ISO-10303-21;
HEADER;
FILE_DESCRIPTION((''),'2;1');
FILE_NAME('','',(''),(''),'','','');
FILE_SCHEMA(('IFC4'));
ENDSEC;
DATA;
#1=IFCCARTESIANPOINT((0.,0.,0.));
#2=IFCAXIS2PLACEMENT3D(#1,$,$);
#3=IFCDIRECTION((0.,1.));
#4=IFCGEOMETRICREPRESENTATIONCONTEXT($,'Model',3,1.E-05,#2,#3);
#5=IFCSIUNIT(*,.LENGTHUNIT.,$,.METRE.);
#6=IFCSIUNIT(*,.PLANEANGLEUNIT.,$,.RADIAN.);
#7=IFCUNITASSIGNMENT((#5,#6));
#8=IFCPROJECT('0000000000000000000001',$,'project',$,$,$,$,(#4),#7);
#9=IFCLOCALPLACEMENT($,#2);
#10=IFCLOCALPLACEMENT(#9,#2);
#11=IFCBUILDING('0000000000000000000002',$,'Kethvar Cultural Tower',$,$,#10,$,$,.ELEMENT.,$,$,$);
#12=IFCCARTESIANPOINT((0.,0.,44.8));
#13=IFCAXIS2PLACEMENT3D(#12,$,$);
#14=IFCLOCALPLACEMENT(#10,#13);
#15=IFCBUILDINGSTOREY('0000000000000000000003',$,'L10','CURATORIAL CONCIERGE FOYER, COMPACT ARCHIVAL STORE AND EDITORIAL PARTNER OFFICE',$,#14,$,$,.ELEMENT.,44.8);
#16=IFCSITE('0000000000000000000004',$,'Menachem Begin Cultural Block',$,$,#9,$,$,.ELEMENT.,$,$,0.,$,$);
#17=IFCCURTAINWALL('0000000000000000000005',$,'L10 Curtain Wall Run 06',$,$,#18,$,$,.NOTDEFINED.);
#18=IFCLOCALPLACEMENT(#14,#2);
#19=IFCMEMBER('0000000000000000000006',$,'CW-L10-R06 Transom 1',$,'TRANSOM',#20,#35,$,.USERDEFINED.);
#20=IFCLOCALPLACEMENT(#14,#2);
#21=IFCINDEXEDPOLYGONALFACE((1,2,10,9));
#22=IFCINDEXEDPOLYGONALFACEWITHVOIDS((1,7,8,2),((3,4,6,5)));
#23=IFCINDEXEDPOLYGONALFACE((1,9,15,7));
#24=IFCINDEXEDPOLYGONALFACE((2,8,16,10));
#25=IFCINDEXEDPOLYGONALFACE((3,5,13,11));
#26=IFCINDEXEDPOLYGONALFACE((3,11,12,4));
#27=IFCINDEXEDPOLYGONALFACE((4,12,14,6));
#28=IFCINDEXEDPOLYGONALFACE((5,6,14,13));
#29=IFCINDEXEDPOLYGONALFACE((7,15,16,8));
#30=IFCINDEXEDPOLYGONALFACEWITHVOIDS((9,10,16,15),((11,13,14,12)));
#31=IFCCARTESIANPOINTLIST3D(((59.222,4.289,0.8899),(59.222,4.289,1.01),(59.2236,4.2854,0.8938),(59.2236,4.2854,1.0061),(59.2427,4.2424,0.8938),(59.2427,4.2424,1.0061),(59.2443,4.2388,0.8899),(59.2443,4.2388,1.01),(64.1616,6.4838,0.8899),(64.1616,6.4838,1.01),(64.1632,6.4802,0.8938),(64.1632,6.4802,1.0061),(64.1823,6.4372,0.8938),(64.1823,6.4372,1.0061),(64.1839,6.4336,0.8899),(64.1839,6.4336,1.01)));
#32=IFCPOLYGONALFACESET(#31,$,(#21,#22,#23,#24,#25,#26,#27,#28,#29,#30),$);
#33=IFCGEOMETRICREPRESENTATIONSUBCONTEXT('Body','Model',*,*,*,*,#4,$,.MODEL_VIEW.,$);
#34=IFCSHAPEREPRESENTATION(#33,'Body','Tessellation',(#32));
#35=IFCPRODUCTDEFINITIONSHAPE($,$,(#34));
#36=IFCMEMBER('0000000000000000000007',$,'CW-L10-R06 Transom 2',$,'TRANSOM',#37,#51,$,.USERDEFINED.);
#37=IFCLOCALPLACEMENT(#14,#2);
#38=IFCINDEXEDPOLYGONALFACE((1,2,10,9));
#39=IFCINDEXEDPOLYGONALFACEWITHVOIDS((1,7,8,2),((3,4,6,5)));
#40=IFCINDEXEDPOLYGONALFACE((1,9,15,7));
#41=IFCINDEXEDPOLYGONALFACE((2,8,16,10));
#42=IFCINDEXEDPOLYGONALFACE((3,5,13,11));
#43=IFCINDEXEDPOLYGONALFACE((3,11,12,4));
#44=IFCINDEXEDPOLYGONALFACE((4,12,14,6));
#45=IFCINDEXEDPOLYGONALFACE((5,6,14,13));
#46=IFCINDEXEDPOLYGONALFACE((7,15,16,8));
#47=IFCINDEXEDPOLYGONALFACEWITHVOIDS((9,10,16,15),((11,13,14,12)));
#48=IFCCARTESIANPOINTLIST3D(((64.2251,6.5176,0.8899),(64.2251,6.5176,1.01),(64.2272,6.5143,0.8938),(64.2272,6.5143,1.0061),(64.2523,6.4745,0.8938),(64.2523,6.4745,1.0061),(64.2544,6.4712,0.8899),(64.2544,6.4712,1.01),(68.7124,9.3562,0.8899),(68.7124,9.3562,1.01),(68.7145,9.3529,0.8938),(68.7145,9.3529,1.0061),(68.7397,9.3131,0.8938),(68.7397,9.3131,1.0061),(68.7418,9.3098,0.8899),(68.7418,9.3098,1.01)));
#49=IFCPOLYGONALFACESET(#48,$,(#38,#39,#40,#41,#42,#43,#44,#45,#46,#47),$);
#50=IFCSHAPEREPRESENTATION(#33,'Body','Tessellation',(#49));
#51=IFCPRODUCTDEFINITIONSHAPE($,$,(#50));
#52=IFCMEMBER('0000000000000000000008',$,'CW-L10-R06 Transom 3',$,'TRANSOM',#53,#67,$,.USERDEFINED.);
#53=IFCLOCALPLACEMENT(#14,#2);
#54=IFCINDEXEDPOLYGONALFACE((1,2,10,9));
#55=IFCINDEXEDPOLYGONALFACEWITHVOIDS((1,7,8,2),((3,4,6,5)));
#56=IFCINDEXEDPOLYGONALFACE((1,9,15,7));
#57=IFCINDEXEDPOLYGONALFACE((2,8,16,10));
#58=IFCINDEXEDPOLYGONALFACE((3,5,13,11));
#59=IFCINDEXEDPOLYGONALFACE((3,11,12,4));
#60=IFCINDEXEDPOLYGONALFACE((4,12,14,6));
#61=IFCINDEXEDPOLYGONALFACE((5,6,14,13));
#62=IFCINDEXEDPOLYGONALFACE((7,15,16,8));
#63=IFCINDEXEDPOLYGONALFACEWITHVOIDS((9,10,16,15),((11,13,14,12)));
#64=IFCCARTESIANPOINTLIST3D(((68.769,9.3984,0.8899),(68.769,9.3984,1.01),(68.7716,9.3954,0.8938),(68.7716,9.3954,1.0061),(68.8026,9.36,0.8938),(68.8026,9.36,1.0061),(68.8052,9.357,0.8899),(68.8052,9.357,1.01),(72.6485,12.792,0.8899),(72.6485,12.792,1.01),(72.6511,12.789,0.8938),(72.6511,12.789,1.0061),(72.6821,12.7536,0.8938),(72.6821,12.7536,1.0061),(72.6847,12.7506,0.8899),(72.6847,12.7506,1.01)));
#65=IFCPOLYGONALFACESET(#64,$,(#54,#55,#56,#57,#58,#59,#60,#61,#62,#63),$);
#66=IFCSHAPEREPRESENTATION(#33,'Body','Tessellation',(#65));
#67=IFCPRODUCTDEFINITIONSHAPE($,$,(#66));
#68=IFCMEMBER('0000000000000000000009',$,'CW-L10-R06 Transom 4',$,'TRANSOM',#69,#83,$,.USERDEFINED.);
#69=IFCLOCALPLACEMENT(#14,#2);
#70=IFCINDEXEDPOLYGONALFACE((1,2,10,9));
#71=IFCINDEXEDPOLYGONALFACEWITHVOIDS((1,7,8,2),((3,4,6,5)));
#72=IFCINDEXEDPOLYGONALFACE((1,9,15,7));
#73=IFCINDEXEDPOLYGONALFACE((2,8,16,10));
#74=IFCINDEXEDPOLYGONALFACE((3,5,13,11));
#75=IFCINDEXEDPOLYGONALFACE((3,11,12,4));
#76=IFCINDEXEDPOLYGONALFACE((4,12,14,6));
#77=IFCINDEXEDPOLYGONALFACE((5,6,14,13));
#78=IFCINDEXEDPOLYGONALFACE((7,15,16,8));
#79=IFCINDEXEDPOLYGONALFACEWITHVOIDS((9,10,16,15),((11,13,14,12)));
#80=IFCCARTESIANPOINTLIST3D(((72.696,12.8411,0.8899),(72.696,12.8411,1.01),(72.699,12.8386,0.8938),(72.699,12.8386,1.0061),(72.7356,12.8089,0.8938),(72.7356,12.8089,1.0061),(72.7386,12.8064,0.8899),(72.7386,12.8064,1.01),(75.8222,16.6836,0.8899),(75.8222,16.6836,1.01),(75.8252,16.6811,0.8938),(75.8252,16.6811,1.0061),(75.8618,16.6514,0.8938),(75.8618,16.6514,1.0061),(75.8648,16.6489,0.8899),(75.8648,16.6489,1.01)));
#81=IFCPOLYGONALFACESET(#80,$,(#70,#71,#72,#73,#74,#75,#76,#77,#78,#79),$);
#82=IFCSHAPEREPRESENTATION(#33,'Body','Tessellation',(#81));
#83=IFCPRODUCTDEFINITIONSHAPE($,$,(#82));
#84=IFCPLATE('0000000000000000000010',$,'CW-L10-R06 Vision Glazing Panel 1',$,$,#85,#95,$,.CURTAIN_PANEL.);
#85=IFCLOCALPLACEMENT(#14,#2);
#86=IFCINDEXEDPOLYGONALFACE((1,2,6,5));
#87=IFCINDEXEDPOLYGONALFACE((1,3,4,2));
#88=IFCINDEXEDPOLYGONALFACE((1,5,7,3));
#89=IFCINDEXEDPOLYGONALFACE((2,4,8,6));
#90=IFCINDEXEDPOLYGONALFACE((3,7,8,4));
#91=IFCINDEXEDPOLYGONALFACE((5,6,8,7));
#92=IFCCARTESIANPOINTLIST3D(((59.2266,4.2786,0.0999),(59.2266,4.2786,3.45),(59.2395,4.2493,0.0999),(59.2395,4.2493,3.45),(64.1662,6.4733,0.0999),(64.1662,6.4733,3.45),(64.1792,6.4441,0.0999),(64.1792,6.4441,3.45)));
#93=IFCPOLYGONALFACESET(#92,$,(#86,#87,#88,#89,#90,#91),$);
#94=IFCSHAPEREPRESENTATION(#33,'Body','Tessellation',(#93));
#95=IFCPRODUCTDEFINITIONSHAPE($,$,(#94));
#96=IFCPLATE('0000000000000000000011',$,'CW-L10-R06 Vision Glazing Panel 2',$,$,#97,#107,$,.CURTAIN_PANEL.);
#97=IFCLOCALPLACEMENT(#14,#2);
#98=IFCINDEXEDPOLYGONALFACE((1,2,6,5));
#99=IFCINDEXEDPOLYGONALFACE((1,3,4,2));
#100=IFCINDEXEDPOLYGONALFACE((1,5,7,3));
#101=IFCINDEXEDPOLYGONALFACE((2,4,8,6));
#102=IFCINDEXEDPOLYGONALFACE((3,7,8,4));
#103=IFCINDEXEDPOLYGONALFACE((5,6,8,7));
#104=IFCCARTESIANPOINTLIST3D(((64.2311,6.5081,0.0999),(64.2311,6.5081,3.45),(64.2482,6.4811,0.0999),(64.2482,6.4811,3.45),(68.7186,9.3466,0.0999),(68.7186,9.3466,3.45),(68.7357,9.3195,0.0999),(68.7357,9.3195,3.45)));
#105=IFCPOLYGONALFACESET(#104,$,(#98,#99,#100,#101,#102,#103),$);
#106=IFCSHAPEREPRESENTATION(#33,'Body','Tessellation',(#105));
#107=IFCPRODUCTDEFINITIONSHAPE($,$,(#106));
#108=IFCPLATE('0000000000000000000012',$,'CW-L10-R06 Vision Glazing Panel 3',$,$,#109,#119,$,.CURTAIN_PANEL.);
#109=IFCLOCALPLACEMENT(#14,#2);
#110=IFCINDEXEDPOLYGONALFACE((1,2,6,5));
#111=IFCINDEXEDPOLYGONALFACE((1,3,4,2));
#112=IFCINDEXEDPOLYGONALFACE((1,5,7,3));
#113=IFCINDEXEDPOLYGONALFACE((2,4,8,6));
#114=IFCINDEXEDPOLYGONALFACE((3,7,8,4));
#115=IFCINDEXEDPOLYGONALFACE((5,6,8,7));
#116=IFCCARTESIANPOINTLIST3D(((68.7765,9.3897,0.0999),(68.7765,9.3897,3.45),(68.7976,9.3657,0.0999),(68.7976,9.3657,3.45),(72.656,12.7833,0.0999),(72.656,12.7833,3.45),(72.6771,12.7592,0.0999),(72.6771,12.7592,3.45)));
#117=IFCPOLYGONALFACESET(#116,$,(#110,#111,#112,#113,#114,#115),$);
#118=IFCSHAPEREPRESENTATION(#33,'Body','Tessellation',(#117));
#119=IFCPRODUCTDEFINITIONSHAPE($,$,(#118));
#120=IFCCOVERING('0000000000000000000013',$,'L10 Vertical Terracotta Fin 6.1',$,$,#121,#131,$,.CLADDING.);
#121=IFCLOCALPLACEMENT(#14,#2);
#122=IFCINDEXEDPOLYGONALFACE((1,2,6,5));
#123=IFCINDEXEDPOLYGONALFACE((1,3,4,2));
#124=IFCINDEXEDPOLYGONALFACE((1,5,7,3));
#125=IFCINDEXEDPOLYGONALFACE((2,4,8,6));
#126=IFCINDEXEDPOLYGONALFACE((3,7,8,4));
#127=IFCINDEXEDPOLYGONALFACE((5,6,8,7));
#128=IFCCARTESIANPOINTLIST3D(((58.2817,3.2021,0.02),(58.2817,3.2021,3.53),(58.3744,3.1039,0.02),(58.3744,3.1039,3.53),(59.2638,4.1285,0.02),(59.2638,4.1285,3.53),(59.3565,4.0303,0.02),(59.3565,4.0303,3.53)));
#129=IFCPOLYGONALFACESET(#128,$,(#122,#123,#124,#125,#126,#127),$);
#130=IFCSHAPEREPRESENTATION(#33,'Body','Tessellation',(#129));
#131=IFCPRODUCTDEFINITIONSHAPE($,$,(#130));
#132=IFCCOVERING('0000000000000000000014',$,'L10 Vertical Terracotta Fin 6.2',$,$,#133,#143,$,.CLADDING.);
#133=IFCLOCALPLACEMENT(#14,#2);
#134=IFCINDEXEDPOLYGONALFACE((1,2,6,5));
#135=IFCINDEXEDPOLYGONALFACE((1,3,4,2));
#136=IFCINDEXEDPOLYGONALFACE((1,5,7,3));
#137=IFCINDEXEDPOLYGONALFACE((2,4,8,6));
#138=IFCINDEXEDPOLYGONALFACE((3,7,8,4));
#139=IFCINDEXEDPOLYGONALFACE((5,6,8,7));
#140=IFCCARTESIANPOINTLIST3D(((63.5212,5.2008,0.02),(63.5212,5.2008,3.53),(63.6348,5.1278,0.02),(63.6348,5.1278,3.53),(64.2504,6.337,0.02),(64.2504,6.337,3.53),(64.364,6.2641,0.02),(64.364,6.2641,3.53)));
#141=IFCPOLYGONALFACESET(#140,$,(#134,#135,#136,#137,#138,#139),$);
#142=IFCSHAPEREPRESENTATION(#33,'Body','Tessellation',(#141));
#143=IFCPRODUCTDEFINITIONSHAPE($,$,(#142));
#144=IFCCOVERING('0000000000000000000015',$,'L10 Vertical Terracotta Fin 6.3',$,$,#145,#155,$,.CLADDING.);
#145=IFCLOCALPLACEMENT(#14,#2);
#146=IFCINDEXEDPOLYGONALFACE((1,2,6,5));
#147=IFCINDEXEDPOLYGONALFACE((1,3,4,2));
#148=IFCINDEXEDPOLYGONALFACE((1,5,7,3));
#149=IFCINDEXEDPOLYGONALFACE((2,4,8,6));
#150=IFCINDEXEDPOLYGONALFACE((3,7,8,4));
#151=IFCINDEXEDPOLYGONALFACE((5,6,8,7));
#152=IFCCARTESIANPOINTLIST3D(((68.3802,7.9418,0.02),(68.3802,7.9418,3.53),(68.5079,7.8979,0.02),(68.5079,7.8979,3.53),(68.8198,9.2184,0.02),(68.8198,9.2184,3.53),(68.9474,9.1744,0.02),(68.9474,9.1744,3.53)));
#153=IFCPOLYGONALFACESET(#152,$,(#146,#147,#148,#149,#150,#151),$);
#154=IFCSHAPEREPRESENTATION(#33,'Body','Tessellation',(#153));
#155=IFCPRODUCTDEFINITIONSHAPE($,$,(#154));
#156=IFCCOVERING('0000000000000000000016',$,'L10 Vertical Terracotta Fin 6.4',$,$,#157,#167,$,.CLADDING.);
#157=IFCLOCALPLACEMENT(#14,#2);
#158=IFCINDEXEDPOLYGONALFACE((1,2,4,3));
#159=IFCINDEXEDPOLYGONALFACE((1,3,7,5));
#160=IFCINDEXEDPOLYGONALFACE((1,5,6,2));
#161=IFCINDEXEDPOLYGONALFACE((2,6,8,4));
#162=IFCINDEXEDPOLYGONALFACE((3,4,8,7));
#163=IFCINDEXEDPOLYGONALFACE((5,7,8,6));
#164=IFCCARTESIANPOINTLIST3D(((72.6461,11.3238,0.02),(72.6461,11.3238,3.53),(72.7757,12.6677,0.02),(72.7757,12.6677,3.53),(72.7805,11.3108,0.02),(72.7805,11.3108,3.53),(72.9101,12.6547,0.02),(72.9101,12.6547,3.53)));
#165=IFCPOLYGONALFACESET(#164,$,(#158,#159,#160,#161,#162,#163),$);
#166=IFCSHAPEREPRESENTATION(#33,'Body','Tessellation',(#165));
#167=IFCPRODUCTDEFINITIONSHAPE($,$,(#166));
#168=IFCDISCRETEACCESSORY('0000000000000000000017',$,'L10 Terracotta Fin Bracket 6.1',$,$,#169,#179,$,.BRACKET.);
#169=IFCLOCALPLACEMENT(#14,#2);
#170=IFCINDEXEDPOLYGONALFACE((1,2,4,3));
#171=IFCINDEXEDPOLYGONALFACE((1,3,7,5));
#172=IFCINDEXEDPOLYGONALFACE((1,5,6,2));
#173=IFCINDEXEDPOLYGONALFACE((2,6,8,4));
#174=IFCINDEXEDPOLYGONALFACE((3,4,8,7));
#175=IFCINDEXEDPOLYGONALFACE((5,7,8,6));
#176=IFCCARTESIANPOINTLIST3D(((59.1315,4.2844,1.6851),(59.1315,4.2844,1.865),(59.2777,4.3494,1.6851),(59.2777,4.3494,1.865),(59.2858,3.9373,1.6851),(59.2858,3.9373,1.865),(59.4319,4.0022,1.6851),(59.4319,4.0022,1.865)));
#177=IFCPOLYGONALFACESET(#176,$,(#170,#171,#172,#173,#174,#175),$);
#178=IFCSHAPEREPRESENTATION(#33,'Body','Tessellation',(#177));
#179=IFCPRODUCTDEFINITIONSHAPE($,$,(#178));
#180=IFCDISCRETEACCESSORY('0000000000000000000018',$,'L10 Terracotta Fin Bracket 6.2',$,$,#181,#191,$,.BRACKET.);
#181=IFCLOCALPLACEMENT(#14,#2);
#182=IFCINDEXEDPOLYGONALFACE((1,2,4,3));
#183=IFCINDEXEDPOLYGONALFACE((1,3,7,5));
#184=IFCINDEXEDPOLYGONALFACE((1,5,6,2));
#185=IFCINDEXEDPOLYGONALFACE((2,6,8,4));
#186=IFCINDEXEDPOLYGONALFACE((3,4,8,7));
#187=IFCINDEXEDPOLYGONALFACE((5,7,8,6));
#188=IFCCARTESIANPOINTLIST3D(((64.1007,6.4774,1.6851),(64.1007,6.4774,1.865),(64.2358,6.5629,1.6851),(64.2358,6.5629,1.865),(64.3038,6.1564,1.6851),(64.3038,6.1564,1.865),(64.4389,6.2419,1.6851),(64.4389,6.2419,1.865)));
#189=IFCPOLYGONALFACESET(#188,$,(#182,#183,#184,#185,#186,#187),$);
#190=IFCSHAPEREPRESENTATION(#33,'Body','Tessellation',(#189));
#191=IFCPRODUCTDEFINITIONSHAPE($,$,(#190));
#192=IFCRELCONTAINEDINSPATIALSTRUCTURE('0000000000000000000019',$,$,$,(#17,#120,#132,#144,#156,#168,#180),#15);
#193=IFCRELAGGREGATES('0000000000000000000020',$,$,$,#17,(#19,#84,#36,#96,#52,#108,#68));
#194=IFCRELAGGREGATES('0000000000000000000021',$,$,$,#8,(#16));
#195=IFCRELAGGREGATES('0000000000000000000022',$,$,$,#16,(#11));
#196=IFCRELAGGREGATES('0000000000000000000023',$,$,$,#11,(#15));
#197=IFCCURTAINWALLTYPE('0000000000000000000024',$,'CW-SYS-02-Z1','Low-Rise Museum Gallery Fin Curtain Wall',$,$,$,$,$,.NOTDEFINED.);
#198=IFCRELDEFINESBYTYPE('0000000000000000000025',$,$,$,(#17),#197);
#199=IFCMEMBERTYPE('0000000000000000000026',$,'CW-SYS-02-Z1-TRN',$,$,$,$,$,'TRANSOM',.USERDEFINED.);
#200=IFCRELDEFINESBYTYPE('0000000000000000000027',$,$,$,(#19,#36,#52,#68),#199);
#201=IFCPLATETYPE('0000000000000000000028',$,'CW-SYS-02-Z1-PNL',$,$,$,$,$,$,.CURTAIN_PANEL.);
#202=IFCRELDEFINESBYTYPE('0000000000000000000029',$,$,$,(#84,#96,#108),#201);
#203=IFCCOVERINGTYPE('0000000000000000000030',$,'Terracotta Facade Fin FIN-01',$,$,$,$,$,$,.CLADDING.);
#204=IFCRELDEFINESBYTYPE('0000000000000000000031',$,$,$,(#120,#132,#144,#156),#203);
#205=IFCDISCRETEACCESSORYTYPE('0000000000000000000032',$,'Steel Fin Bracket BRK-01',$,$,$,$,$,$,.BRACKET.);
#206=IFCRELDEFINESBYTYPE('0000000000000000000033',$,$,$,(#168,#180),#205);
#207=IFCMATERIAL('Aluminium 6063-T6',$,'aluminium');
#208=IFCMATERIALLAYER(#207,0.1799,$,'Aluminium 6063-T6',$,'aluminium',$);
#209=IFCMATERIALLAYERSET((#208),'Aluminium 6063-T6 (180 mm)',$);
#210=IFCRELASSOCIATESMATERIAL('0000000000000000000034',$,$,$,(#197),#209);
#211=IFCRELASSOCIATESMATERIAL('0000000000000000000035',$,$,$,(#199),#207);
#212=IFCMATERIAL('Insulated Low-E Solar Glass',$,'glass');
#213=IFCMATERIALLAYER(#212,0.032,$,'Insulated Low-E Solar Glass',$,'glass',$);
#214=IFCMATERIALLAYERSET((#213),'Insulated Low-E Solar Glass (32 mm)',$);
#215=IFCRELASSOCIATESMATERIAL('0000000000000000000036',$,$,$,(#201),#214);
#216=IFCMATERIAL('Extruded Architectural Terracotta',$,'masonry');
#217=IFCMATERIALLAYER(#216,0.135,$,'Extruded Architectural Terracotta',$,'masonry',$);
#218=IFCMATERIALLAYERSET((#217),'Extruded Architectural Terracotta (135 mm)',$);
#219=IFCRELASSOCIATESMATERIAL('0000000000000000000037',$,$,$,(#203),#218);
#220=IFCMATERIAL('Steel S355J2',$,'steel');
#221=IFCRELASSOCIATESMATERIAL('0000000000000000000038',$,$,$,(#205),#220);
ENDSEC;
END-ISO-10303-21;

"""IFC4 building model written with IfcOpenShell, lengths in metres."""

from ifc_helpers import new_model, si_unit, direction, frame, origin, origin_2d, place, context, subcontext, project, spatial, rectangle, hollow_rectangle, extrude, source, transform, mapped, material, layer, layer_set, material_profile, profile_set, type_object, element, aggregate, save


model = new_model("IFC4")

# Units and contexts
model_context = context("Model", 3, precision=1e-05, world=origin(), true_north=direction((0.0, 1.0)))
body_context = subcontext(model_context, "Body", "Model", "MODEL_VIEW")
ifc_project = project(units=[si_unit("LENGTHUNIT", "METRE"), si_unit("PLANEANGLEUNIT", "RADIAN")], contexts=[model_context])

# Site, building, storey
site_placement = place(None, origin())
site = spatial("IfcSite", under=ifc_project, at=site_placement, Name="Menachem Begin Cultural Block", CompositionType="ELEMENT", RefElevation=0.0)
building_placement = place(site_placement, origin())
building = spatial("IfcBuilding", under=site, at=building_placement, Name="Kethvar Cultural Tower", CompositionType="ELEMENT")
storey_placement = place(building_placement, frame((0.0, 0.0, 44.8)))
storey = spatial("IfcBuildingStorey", under=building, at=storey_placement, Name="L10", Description="CURATORIAL CONCIERGE FOYER, COMPACT ARCHIVAL STORE AND EDITORIAL PARTNER OFFICE", CompositionType="ELEMENT", Elevation=44.8)

# Shared definitions
ifc_material_1 = material(Name="Steel S355J2", Category="steel")

# Shared definitions
ifc_material_2 = material(Name="Aluminium 6063-T6", Category="aluminium")
ifc_layer_1 = layer(ifc_material_2, 0.1799, Name="Aluminium 6063-T6", Category="aluminium")
ifc_layer_set_1 = layer_set([ifc_layer_1], Name="Aluminium 6063-T6 (180 mm)")
curtain_wall_type = type_object("IfcCurtainWallType", Name="CW-SYS-02-Z1", Description="Low-Rise Museum Gallery Fin Curtain Wall", PredefinedType="NOTDEFINED", material=ifc_layer_set_1)

# Curtain wall, members, plates
curtain_wall_1_placement = place(storey_placement, origin())
curtain_wall_1 = element("IfcCurtainWall", 1, at=curtain_wall_1_placement, inside=storey, type_object=curtain_wall_type, Name="L10 Curtain Wall Run 06", PredefinedType="NOTDEFINED")
ifc_material_profile_1 = material_profile(ifc_material_2, hollow_rectangle(XDim=0.0549, YDim=0.1201, WallThickness=0.0039, at=origin_2d()), Name="Aluminium 6063-T6 — RHS120x55x4")
ifc_profile_set_1 = profile_set([ifc_material_profile_1], Name="Aluminium 6063-T6 — RHS120x55x4")
member_type_1 = type_object("IfcMemberType", Name="CW-SYS-02-Z1-TRN", ElementType="TRANSOM", PredefinedType="USERDEFINED", material=ifc_profile_set_1)
shared_shape_1 = source(origin(), body_context, "Body", "SweptSolid", [
    extrude(hollow_rectangle(XDim=0.0549, YDim=0.1201, WallThickness=0.0039, at=origin_2d()), origin(), (0.0, 0.0, 1.0), 5.4053),
])
member_1_placement = place(storey_placement, frame((59.2332, 4.2639, 0.95), z_axis=(0.913853, 0.406046, 0.0), x_axis=(-0.406046, 0.913853, 0.0)))
member_1 = element("IfcMember", 2, at=member_1_placement, type_object=member_type_1, Name="CW-L10-R06 Transom 1", ObjectType="TRANSOM", PredefinedType="USERDEFINED", context=body_context, shape_type="MappedRepresentation", body=[
    mapped(shared_shape_1, transform((0.0, 0.0, 0.0), scale=1.0)),
])
shared_shape_2 = source(origin(), body_context, "Body", "SweptSolid", [
    extrude(hollow_rectangle(XDim=0.0549, YDim=0.1201, WallThickness=0.0039, at=origin_2d()), origin(), (0.0, 0.0, 1.0), 5.3098),
])
member_2_placement = place(storey_placement, frame((64.2397, 6.4944, 0.95), z_axis=(0.845103, 0.534604, 0.0), x_axis=(-0.534604, 0.845103, 0.0)))
member_2 = element("IfcMember", 3, at=member_2_placement, type_object=member_type_1, Name="CW-L10-R06 Transom 2", ObjectType="TRANSOM", PredefinedType="USERDEFINED", context=body_context, shape_type="MappedRepresentation", body=[
    mapped(shared_shape_2, transform((0.0, 0.0, 0.0), scale=1.0)),
])
shared_shape_3 = source(origin(), body_context, "Body", "SweptSolid", [
    extrude(hollow_rectangle(XDim=0.0549, YDim=0.1201, WallThickness=0.0039, at=origin_2d()), origin(), (0.0, 0.0, 1.0), 5.1543),
])
member_3_placement = place(storey_placement, frame((68.7871, 9.3777, 0.95), z_axis=(0.752665, 0.658404, 0.0), x_axis=(-0.658404, 0.752665, 0.0)))
member_3 = element("IfcMember", 4, at=member_3_placement, type_object=member_type_1, Name="CW-L10-R06 Transom 3", ObjectType="TRANSOM", PredefinedType="USERDEFINED", context=body_context, shape_type="MappedRepresentation", body=[
    mapped(shared_shape_3, transform((0.0, 0.0, 0.0), scale=1.0)),
])
shared_shape_4 = source(origin(), body_context, "Body", "SweptSolid", [
    extrude(hollow_rectangle(XDim=0.0549, YDim=0.1201, WallThickness=0.0039, at=origin_2d()), origin(), (0.0, 0.0, 1.0), 4.9536),
])
member_4_placement = place(storey_placement, frame((72.7173, 12.8237, 0.95), z_axis=(0.631099, 0.775702, 0.0), x_axis=(-0.775702, 0.631099, 0.0)))
member_4 = element("IfcMember", 5, at=member_4_placement, type_object=member_type_1, Name="CW-L10-R06 Transom 4", ObjectType="TRANSOM", PredefinedType="USERDEFINED", context=body_context, shape_type="MappedRepresentation", body=[
    mapped(shared_shape_4, transform((0.0, 0.0, 0.0), scale=1.0)),
])
ifc_material_3 = material(Name="Insulated Low-E Solar Glass", Category="glass")
ifc_layer_2 = layer(ifc_material_3, 0.032, Name="Insulated Low-E Solar Glass", Category="glass")
ifc_layer_set_2 = layer_set([ifc_layer_2], Name="Insulated Low-E Solar Glass (32 mm)")
plate_type = type_object("IfcPlateType", Name="CW-SYS-02-Z1-PNL", PredefinedType="CURTAIN_PANEL", material=ifc_layer_set_2)
shared_shape_5 = source(origin(), body_context, "Body", "SweptSolid", [
    extrude(rectangle(XDim=5.4053, YDim=0.032, at=origin_2d()), origin(), (0.0, 0.0, 1.0), 3.3501),
])
plate_1_placement = place(storey_placement, frame((61.7029, 5.3613, 0.0999), z_axis=(0.0, 0.0, 1.0), x_axis=(0.913858, 0.406035, 0.0)))
plate_1 = element("IfcPlate", 6, at=plate_1_placement, type_object=plate_type, Name="CW-L10-R06 Vision Glazing Panel 1", PredefinedType="CURTAIN_PANEL", context=body_context, shape_type="MappedRepresentation", body=[
    mapped(shared_shape_5, transform((0.0, 0.0, 0.0), scale=1.0)),
])
shared_shape_6 = source(origin(), body_context, "Body", "SweptSolid", [
    extrude(rectangle(XDim=5.3098, YDim=0.032, at=origin_2d()), origin(), (0.0, 0.0, 1.0), 3.3501),
])
plate_2_placement = place(storey_placement, frame((66.4834, 7.9138, 0.0999), z_axis=(0.0, 0.0, 1.0), x_axis=(0.845122, 0.534574, 0.0)))
plate_2 = element("IfcPlate", 7, at=plate_2_placement, type_object=plate_type, Name="CW-L10-R06 Vision Glazing Panel 2", PredefinedType="CURTAIN_PANEL", context=body_context, shape_type="MappedRepresentation", body=[
    mapped(shared_shape_6, transform((0.0, 0.0, 0.0), scale=1.0)),
])
shared_shape_7 = source(origin(), body_context, "Body", "SweptSolid", [
    extrude(rectangle(XDim=5.1543, YDim=0.032, at=origin_2d()), origin(), (0.0, 0.0, 1.0), 3.3501),
])
plate_3_placement = place(storey_placement, frame((70.7268, 11.0745, 0.0999), z_axis=(0.0, 0.0, 1.0), x_axis=(0.752679, 0.658387, 0.0)))
plate_3 = element("IfcPlate", 8, at=plate_3_placement, type_object=plate_type, Name="CW-L10-R06 Vision Glazing Panel 3", PredefinedType="CURTAIN_PANEL", context=body_context, shape_type="MappedRepresentation", body=[
    mapped(shared_shape_7, transform((0.0, 0.0, 0.0), scale=1.0)),
])
aggregate(curtain_wall_1, [member_1, plate_1, member_2, plate_2, member_3, plate_3, member_4])

# Coverings
ifc_material_4 = material(Name="Extruded Architectural Terracotta", Category="masonry")
ifc_layer_3 = layer(ifc_material_4, 0.135, Name="Extruded Architectural Terracotta", Category="masonry")
ifc_layer_set_3 = layer_set([ifc_layer_3], Name="Extruded Architectural Terracotta (135 mm)")
covering_type = type_object("IfcCoveringType", Name="Terracotta Facade Fin FIN-01", PredefinedType="CLADDING", material=ifc_layer_set_3)
shared_shape_8 = source(origin(), body_context, "Body", "SweptSolid", [
    extrude(rectangle(XDim=1.3501, YDim=0.135, at=origin_2d()), origin(), (0.0, 0.0, 1.0), 3.51),
])
for number, where, z_axis, x_axis, name in (
    (9, (58.8191, 3.6162, 0.02), (0.0, 0.0, 1.0), (-0.727414, -0.686199, 0.0), "L10 Vertical Terracotta Fin 6.1"),
    (10, (63.9426, 5.7324, 0.02), (0.0, 0.0, 1.0), (-0.540093, -0.841605, 0.0), "L10 Vertical Terracotta Fin 6.2"),
    (11, (68.6638, 8.5581, 0.02), (0.0, 0.0, 1.0), (-0.325568, -0.945519, 0.0), "L10 Vertical Terracotta Fin 6.3"),
    (12, (72.7781, 11.9893, 0.02), (0.0, 0.0, 1.0), (-0.096019, -0.995379, 0.0), "L10 Vertical Terracotta Fin 6.4"),
):
    element("IfcCovering", number, at=place(storey_placement, frame(where, z_axis=z_axis, x_axis=x_axis)), inside=storey, type_object=covering_type, Name=name, PredefinedType="CLADDING", context=body_context, shape_type="MappedRepresentation", body=[
        mapped(shared_shape_8, transform((0.0, 0.0, 0.0), scale=1.0)),
    ])

# Discrete accessories
discrete_accessory_type = type_object("IfcDiscreteAccessoryType", Name="Steel Fin Bracket BRK-01", PredefinedType="BRACKET", material=ifc_material_1)
shared_shape_9 = source(origin(), body_context, "Body", "SweptSolid", [
    extrude(rectangle(XDim=0.3799, YDim=0.1599, at=origin_2d()), origin(), (0.0, 0.0, 1.0), 0.1799),
])
for number, where, z_axis, x_axis, name in (
    (13, (59.2817, 4.1433, 1.6851), (0.0, 0.0, 1.0), (0.406099, -0.913829, 0.0), "L10 Terracotta Fin Bracket 6.1"),
    (14, (64.2698, 6.3596, 1.6851), (0.0, 0.0, 1.0), (0.534647, -0.845075, 0.0), "L10 Terracotta Fin Bracket 6.2"),
):
    element("IfcDiscreteAccessory", number, at=place(storey_placement, frame(where, z_axis=z_axis, x_axis=x_axis)), inside=storey, type_object=discrete_accessory_type, Name=name, PredefinedType="BRACKET", context=body_context, shape_type="MappedRepresentation", body=[
        mapped(shared_shape_9, transform((0.0, 0.0, 0.0), scale=1.0)),
    ])

save(model, "model.ifc")
